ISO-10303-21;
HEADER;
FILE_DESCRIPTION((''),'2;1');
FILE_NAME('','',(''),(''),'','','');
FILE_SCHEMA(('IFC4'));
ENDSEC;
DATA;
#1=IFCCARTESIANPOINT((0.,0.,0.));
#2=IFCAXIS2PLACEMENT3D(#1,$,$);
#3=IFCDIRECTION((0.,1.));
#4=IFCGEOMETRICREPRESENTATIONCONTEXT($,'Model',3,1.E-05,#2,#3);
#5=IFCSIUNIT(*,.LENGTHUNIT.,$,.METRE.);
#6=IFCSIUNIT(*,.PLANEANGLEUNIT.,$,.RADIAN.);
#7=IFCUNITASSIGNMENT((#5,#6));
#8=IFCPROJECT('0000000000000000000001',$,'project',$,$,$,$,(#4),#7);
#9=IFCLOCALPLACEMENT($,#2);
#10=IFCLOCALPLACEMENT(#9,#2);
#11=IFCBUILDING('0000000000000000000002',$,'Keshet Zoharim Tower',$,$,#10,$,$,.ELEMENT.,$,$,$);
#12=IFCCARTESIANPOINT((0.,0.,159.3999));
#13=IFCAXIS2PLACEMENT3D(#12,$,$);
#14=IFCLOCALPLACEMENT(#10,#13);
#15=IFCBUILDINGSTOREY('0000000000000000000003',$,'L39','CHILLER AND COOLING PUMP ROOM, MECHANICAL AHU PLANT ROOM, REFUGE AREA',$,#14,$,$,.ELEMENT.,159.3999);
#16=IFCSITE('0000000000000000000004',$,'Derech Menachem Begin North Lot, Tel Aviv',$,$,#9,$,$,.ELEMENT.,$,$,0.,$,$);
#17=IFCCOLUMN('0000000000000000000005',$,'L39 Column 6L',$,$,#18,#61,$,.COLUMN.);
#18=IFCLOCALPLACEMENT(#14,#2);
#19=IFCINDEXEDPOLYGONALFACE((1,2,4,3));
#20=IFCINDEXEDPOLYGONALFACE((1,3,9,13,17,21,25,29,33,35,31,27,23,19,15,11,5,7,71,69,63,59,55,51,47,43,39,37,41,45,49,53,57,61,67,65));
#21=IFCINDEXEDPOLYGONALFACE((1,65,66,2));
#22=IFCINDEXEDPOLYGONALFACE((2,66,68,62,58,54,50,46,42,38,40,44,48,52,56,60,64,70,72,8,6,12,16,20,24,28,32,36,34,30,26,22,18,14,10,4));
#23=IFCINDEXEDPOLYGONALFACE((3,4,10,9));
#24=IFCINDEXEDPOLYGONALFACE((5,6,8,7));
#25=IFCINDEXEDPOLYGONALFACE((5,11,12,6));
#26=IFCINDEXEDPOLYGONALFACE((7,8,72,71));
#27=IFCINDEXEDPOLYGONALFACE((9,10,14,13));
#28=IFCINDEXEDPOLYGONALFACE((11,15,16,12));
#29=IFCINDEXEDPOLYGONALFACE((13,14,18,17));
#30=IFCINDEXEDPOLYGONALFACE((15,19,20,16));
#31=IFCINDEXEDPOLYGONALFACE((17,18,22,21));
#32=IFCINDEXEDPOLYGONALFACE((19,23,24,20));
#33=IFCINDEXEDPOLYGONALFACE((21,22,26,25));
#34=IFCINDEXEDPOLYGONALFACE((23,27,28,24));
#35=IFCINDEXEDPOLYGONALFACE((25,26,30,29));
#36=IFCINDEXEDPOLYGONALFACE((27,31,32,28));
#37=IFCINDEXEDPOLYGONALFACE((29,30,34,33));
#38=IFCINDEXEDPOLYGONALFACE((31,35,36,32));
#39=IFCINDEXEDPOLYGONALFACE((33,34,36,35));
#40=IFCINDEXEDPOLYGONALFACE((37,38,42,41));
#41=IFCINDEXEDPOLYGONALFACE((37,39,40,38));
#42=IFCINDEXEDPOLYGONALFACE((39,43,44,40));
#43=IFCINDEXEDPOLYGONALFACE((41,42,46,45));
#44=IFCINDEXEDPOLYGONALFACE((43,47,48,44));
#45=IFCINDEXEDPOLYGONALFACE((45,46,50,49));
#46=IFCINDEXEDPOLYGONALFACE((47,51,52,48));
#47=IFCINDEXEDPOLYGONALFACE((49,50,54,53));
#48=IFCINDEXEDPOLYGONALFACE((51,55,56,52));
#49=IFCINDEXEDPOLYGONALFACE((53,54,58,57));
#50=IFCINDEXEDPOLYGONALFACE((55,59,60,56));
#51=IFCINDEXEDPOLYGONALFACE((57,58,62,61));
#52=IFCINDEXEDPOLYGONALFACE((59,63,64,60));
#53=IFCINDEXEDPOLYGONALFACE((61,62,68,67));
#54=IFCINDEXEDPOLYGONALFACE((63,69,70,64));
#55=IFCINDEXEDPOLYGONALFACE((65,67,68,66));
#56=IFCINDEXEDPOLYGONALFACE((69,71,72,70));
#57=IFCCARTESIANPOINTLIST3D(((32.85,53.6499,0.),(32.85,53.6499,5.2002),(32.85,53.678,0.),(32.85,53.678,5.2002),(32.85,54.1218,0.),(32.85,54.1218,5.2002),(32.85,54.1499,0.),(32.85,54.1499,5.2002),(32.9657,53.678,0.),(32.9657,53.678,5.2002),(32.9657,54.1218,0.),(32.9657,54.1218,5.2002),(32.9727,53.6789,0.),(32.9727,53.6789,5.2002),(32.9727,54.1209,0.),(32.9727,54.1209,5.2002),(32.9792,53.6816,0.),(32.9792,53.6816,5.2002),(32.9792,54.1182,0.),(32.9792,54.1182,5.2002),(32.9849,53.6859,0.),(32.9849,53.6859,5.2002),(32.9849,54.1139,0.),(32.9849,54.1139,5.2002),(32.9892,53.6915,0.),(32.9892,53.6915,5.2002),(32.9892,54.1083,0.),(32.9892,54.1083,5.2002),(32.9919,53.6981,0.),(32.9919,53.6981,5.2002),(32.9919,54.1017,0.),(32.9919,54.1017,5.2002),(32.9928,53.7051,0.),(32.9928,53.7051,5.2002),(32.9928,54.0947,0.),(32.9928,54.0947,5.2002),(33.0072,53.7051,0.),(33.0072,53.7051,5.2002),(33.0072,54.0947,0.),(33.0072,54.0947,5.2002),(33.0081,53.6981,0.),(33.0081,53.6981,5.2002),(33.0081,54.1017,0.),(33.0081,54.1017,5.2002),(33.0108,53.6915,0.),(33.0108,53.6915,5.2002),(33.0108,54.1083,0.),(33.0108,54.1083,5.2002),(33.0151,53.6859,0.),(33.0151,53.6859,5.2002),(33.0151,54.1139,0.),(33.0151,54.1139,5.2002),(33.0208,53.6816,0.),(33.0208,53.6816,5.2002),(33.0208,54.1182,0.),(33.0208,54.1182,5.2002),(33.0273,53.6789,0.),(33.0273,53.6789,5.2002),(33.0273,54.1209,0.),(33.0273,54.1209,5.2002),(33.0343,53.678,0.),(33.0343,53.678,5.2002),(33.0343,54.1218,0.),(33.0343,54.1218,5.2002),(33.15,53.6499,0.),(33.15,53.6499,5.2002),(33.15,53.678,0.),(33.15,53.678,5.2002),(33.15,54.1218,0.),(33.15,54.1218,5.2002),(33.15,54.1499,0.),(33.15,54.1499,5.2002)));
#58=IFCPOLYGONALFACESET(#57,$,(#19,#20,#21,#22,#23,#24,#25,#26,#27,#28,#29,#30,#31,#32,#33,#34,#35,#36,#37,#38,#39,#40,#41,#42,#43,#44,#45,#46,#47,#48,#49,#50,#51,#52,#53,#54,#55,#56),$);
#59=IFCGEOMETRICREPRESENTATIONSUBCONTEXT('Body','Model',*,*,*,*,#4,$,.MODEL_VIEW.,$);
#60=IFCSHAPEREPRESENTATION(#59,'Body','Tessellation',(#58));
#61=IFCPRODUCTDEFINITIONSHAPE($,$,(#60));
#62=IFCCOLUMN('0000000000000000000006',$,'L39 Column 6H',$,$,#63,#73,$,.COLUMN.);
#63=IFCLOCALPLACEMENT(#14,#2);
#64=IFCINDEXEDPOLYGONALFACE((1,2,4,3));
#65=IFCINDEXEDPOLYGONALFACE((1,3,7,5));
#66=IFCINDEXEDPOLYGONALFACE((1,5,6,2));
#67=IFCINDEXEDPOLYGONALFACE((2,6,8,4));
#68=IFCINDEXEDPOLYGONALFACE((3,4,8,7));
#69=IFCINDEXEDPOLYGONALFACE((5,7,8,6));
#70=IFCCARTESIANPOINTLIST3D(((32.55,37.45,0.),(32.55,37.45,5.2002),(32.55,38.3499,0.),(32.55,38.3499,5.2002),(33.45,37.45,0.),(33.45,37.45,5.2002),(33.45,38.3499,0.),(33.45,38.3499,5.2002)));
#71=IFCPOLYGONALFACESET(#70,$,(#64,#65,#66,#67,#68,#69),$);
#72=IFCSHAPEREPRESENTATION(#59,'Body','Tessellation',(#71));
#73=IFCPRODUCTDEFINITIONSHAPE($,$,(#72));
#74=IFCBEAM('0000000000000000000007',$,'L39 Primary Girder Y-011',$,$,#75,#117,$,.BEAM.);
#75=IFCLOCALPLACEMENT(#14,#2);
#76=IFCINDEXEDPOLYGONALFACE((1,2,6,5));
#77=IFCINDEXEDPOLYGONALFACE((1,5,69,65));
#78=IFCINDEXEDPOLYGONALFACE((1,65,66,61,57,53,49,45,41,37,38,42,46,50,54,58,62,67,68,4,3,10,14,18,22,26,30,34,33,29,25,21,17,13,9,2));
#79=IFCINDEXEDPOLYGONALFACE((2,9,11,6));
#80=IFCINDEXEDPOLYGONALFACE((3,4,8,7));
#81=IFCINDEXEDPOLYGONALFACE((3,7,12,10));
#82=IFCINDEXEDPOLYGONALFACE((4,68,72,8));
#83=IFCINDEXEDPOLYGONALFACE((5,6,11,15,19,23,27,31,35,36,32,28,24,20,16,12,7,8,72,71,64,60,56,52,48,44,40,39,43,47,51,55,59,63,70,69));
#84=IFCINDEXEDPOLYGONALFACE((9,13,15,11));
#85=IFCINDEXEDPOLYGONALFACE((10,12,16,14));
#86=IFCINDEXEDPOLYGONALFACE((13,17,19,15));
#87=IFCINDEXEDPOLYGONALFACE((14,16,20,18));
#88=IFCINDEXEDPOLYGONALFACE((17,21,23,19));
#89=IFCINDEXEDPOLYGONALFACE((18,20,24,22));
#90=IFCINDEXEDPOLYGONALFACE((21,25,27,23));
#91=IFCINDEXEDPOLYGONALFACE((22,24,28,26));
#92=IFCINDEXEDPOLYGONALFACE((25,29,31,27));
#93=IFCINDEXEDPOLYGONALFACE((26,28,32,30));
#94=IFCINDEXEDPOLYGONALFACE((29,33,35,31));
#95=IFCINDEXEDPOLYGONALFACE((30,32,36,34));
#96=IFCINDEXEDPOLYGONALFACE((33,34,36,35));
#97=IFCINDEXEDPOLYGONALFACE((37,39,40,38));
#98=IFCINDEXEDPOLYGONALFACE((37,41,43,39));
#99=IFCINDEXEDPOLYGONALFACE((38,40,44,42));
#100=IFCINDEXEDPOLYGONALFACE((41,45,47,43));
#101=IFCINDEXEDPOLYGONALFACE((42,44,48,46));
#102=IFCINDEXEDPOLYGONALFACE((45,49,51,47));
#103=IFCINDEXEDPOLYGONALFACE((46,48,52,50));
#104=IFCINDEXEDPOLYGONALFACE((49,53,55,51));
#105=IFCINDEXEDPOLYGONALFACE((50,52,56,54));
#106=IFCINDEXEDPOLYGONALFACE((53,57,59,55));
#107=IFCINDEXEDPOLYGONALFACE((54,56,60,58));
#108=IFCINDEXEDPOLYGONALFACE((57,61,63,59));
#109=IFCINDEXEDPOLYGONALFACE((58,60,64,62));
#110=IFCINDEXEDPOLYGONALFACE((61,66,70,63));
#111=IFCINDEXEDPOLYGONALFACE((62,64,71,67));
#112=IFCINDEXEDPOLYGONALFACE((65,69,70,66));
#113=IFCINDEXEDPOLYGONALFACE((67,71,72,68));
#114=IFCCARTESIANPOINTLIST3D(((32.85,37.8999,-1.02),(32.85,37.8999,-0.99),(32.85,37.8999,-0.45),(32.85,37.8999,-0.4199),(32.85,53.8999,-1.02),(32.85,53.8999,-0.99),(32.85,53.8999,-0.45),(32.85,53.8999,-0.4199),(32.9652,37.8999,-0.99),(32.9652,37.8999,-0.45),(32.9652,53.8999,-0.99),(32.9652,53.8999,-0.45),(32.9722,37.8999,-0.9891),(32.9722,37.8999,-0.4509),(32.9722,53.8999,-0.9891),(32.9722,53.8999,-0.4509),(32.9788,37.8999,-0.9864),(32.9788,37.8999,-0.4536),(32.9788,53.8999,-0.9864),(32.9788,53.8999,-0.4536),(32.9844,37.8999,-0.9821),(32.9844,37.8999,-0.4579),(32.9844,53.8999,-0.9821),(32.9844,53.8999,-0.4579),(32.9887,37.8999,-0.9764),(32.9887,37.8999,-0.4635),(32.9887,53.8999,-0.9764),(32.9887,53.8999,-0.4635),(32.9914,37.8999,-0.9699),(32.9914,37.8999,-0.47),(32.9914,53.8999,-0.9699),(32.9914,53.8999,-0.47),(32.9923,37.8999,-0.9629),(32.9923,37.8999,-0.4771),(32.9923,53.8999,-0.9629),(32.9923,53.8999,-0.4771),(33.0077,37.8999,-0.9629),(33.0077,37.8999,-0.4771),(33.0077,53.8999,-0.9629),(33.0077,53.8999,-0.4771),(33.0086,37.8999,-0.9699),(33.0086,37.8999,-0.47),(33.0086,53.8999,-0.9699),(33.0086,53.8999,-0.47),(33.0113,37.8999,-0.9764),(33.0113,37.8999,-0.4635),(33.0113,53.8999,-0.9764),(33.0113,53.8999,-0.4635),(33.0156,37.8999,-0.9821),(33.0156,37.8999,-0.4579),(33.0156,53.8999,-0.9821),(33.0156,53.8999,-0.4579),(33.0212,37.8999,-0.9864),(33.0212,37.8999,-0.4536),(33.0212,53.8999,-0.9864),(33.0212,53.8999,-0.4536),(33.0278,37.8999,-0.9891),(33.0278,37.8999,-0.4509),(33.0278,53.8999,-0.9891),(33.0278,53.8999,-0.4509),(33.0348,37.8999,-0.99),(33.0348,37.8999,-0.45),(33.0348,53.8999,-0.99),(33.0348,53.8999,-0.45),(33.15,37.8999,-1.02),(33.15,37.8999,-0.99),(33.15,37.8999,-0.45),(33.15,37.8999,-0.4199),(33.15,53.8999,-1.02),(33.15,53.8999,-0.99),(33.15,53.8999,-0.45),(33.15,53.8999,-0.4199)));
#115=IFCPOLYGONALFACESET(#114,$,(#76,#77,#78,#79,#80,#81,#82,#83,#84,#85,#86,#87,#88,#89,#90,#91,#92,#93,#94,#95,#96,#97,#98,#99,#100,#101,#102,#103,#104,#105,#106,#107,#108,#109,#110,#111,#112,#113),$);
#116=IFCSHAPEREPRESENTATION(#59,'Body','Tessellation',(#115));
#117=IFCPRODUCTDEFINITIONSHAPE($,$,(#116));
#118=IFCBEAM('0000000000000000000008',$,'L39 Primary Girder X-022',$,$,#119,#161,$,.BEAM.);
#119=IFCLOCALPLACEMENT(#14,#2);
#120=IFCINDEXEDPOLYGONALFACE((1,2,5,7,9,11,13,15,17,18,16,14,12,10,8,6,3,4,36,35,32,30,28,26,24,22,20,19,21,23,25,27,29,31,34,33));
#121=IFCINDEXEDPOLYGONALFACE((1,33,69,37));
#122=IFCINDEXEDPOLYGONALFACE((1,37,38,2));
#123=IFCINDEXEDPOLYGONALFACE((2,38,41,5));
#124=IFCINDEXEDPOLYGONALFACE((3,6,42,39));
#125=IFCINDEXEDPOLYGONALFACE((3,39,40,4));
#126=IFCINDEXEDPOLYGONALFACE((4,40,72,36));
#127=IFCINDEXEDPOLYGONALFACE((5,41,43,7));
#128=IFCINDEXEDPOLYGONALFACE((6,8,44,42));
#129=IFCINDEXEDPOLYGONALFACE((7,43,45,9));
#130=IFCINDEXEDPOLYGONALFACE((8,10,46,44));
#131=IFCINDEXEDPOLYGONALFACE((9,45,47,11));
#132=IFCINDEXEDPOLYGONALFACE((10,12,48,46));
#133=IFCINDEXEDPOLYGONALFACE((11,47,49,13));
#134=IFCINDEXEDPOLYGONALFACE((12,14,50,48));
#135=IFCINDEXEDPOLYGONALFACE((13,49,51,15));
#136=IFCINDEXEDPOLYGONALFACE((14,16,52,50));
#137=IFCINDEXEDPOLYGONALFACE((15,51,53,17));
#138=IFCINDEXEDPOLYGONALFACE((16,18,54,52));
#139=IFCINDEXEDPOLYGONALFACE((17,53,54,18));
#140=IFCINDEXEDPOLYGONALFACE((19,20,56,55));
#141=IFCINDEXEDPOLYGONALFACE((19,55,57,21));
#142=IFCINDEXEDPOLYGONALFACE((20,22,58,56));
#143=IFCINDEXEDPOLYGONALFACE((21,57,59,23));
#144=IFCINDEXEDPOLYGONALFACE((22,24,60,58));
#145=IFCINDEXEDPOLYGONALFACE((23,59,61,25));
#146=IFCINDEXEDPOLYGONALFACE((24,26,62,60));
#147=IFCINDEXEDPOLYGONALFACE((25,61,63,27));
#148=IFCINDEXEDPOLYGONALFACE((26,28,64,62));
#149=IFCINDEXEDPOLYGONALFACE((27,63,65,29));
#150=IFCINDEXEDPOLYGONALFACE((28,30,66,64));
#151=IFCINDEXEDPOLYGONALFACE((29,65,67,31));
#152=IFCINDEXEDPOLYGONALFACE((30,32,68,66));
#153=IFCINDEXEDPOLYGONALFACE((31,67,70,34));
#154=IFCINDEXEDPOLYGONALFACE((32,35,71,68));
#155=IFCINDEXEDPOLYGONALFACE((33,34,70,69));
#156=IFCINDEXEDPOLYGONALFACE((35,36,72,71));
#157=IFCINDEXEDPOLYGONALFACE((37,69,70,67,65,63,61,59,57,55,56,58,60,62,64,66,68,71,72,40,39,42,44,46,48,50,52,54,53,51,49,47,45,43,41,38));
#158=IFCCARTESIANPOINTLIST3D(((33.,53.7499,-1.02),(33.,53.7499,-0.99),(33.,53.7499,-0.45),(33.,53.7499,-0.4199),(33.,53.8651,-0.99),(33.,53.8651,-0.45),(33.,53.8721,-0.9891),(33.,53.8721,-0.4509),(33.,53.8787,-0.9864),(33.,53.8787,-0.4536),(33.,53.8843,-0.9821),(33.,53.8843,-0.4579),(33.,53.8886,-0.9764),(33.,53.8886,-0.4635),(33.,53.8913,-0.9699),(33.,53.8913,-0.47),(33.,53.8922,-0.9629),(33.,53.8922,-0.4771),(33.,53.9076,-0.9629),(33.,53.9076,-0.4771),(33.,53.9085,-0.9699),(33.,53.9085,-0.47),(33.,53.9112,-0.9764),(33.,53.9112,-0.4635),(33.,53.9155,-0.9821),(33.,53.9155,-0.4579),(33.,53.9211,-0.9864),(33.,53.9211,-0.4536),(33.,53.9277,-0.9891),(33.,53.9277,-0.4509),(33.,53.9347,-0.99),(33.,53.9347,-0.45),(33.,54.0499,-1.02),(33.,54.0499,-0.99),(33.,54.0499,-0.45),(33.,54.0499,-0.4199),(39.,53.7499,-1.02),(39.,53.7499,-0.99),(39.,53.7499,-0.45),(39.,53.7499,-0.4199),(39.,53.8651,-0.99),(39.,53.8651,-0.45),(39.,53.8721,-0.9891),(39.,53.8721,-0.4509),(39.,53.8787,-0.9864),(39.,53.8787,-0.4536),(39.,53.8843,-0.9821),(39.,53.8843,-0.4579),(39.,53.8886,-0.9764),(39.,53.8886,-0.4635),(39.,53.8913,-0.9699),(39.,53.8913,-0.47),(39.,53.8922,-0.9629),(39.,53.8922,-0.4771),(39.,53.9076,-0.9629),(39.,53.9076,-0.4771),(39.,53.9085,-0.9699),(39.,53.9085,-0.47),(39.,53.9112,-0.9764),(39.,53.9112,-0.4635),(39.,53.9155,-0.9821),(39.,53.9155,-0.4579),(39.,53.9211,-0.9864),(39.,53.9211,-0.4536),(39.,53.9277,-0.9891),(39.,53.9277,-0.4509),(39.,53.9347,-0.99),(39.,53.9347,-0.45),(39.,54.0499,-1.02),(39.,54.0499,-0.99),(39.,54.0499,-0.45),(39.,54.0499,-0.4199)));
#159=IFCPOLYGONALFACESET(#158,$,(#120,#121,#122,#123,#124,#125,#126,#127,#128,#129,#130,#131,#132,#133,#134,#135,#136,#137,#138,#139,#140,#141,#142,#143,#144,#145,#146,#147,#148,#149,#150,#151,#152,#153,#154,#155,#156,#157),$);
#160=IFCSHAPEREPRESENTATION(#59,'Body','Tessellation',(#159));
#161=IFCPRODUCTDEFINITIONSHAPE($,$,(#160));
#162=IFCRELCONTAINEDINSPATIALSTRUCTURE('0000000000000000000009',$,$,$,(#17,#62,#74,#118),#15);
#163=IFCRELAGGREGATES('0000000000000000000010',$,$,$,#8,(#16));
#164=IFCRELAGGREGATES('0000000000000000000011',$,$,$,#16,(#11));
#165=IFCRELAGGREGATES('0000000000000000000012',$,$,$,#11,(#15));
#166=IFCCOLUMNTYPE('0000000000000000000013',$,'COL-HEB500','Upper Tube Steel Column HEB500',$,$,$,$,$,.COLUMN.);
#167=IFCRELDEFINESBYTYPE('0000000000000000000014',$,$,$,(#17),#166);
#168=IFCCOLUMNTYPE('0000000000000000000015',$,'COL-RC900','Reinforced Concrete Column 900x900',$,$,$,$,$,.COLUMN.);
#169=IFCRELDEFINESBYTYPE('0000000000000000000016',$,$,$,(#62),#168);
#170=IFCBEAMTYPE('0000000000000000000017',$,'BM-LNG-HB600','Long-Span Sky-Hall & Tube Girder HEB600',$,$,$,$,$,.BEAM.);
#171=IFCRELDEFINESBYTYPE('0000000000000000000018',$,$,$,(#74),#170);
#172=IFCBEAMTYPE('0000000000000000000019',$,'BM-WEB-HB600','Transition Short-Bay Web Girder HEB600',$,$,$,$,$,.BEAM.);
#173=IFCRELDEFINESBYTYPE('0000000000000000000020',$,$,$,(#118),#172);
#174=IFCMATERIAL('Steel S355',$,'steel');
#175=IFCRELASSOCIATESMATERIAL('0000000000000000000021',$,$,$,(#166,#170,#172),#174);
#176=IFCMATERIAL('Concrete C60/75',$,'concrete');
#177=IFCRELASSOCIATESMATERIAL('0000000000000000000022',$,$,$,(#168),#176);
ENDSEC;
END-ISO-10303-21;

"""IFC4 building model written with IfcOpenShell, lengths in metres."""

from ifc_helpers import new_model, si_unit, direction, frame, origin, origin_2d, place, context, subcontext, project, spatial, rectangle, i_section, extrude, material, material_profile, profile_set, type_object, element, save


model = new_model("IFC4")

# Units and contexts
model_context = context("Model", 3, precision=1e-05, world=origin(), true_north=direction((0.0, 1.0)))
body_context = subcontext(model_context, "Body", "Model", "MODEL_VIEW")
ifc_project = project(units=[si_unit("LENGTHUNIT", "METRE"), si_unit("PLANEANGLEUNIT", "RADIAN")], contexts=[model_context])

# Site, building, storey
site_placement = place(None, origin())
site = spatial("IfcSite", under=ifc_project, at=site_placement, Name="Derech Menachem Begin North Lot, Tel Aviv", CompositionType="ELEMENT", RefElevation=0.0)
building_placement = place(site_placement, origin())
building = spatial("IfcBuilding", under=site, at=building_placement, Name="Keshet Zoharim Tower", CompositionType="ELEMENT")
storey_placement = place(building_placement, frame((0.0, 0.0, 159.3999)))
storey = spatial("IfcBuildingStorey", under=building, at=storey_placement, Name="L39", Description="CHILLER AND COOLING PUMP ROOM, MECHANICAL AHU PLANT ROOM, REFUGE AREA", CompositionType="ELEMENT", Elevation=159.3999)

# Columns
ifc_material_1 = material(Name="Steel S355", Category="steel")
ifc_material_profile_1 = material_profile(ifc_material_1, i_section(OverallWidth=0.3, OverallDepth=0.5, WebThickness=0.0144, FlangeThickness=0.0281, FilletRadius=0.0271, at=origin_2d()), Name="HEB500")
ifc_profile_set_1 = profile_set([ifc_material_profile_1], Name="Steel S355")
column_type_1 = type_object("IfcColumnType", Name="COL-HEB500", Description="Upper Tube Steel Column HEB500", PredefinedType="COLUMN", material=ifc_profile_set_1)
column_1_placement = place(storey_placement, frame((33.0, 53.8999, 0.0), z_axis=(0.0, 0.0, 1.0), x_axis=(1.0, 0.0, 0.0)))
element("IfcColumn", 1, at=column_1_placement, inside=storey, type_object=column_type_1, Name="L39 Column 6L", PredefinedType="COLUMN", context=body_context, shape_type="SweptSolid", body=[
    extrude(i_section(OverallWidth=0.3, OverallDepth=0.5, WebThickness=0.0144, FlangeThickness=0.0281, FilletRadius=0.0271, at=origin_2d()), origin(), (0.0, 0.0, 1.0), 5.2002),
])
ifc_material_2 = material(Name="Concrete C60/75", Category="concrete")
ifc_material_profile_2 = material_profile(ifc_material_2, rectangle(XDim=0.8999, YDim=0.8999, at=origin_2d()), Name="RC900x900")
ifc_profile_set_2 = profile_set([ifc_material_profile_2], Name="Concrete C60/75")
column_type_2 = type_object("IfcColumnType", Name="COL-RC900", Description="Reinforced Concrete Column 900x900", PredefinedType="COLUMN", material=ifc_profile_set_2)
column_2_placement = place(storey_placement, frame((33.0, 37.8999, 0.0), z_axis=(0.0, 0.0, 1.0), x_axis=(1.0, 0.0, 0.0)))
element("IfcColumn", 2, at=column_2_placement, inside=storey, type_object=column_type_2, Name="L39 Column 6H", PredefinedType="COLUMN", context=body_context, shape_type="SweptSolid", body=[
    extrude(rectangle(XDim=0.8999, YDim=0.8999, at=origin_2d()), origin(), (0.0, 0.0, 1.0), 5.2002),
])

# Beams
ifc_material_profile_3 = material_profile(ifc_material_1, i_section(OverallWidth=0.3, OverallDepth=0.6001, WebThickness=0.0154, FlangeThickness=0.03, FilletRadius=0.0271, at=origin_2d()), Name="HEB600")
ifc_profile_set_3 = profile_set([ifc_material_profile_3], Name="Steel S355")
beam_type_1 = type_object("IfcBeamType", Name="BM-LNG-HB600", Description="Long-Span Sky-Hall & Tube Girder HEB600", PredefinedType="BEAM", material=ifc_profile_set_3)
beam_1_placement = place(storey_placement, frame((33.0, 37.8999, -0.72), z_axis=(0.0, 1.0, 0.0), x_axis=(-1.0, 0.0, 0.0)))
element("IfcBeam", 3, at=beam_1_placement, inside=storey, type_object=beam_type_1, Name="L39 Primary Girder Y-011", PredefinedType="BEAM", context=body_context, shape_type="SweptSolid", body=[
    extrude(i_section(OverallWidth=0.3, OverallDepth=0.6001, WebThickness=0.0154, FlangeThickness=0.03, FilletRadius=0.0271, at=origin_2d()), origin(), (0.0, 0.0, 1.0), 16.0),
])
ifc_material_profile_4 = material_profile(ifc_material_1, i_section(OverallWidth=0.3, OverallDepth=0.6001, WebThickness=0.0154, FlangeThickness=0.03, FilletRadius=0.0271, at=origin_2d()), Name="HEB600")
ifc_profile_set_4 = profile_set([ifc_material_profile_4], Name="Steel S355")
beam_type_2 = type_object("IfcBeamType", Name="BM-WEB-HB600", Description="Transition Short-Bay Web Girder HEB600", PredefinedType="BEAM", material=ifc_profile_set_4)
beam_2_placement = place(storey_placement, frame((33.0, 53.8999, -0.72), z_axis=(1.0, 0.0, 0.0), x_axis=(0.0, 1.0, 0.0)))
element("IfcBeam", 4, at=beam_2_placement, inside=storey, type_object=beam_type_2, Name="L39 Primary Girder X-022", PredefinedType="BEAM", context=body_context, shape_type="SweptSolid", body=[
    extrude(i_section(OverallWidth=0.3, OverallDepth=0.6001, WebThickness=0.0154, FlangeThickness=0.03, FilletRadius=0.0271, at=origin_2d()), origin(), (0.0, 0.0, 1.0), 6.0),
])

save(model, "model.ifc")
